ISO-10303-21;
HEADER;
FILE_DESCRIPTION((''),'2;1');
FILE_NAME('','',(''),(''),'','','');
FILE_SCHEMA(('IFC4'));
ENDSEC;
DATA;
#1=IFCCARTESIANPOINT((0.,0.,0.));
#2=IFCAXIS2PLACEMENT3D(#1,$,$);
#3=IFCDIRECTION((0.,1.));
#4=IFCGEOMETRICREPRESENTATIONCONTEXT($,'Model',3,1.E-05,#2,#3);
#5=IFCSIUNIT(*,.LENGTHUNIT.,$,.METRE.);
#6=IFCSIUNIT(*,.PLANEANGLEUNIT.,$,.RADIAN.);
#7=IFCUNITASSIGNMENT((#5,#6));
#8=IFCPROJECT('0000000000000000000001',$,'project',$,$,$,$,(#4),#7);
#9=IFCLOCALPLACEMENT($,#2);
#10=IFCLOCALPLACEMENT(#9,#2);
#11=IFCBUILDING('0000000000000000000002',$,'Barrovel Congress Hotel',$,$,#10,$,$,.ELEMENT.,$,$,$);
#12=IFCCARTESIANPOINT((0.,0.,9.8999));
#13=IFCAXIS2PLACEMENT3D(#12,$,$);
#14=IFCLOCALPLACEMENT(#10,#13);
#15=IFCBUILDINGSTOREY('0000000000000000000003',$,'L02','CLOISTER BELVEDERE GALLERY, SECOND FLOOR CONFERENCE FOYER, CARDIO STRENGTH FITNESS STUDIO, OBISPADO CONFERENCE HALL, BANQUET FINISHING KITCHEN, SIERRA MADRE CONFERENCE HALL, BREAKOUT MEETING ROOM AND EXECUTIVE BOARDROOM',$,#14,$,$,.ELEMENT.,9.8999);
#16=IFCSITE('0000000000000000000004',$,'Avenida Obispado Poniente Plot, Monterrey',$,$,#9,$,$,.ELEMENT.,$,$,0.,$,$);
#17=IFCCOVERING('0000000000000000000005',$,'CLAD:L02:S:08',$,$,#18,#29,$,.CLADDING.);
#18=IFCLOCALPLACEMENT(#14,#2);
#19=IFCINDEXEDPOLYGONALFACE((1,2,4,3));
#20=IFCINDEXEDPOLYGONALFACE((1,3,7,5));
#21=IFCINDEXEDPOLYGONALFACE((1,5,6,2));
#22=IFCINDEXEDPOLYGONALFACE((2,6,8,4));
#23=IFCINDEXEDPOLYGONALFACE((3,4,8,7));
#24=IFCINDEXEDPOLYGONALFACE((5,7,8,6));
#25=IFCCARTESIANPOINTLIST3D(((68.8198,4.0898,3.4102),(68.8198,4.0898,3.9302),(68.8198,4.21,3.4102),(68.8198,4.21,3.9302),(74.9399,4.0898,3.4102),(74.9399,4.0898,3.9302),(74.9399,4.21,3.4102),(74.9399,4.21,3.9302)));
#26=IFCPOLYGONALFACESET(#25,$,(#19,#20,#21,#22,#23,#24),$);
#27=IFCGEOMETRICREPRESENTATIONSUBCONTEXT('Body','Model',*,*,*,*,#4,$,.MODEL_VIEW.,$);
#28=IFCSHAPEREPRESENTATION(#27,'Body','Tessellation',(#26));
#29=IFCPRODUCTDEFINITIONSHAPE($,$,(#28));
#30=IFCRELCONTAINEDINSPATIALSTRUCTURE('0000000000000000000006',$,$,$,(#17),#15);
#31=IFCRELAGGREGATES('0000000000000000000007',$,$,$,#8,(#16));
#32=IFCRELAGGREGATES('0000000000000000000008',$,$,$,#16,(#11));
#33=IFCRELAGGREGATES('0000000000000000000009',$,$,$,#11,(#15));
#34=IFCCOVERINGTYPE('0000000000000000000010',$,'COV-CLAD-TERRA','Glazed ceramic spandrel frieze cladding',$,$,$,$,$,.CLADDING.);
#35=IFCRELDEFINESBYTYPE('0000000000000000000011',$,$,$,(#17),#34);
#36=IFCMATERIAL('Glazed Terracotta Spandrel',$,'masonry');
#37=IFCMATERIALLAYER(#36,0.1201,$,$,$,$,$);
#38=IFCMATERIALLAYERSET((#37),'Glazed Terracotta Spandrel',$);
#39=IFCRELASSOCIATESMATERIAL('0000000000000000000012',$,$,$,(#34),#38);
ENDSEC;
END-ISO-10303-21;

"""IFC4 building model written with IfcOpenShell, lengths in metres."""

from ifc_helpers import new_model, si_unit, direction, frame, origin, origin_2d, place, context, subcontext, project, spatial, rectangle, extrude, material, layer, layer_set, type_object, element, save


model = new_model("IFC4")

# Units and contexts
model_context = context("Model", 3, precision=1e-05, world=origin(), true_north=direction((0.0, 1.0)))
body_context = subcontext(model_context, "Body", "Model", "MODEL_VIEW")
ifc_project = project(units=[si_unit("LENGTHUNIT", "METRE"), si_unit("PLANEANGLEUNIT", "RADIAN")], contexts=[model_context])

# Site, building, storey
site_placement = place(None, origin())
site = spatial("IfcSite", under=ifc_project, at=site_placement, Name="Avenida Obispado Poniente Plot, Monterrey", CompositionType="ELEMENT", RefElevation=0.0)
building_placement = place(site_placement, origin())
building = spatial("IfcBuilding", under=site, at=building_placement, Name="Barrovel Congress Hotel", CompositionType="ELEMENT")
storey_placement = place(building_placement, frame((0.0, 0.0, 9.8999)))
storey = spatial("IfcBuildingStorey", under=building, at=storey_placement, Name="L02", Description="CLOISTER BELVEDERE GALLERY, SECOND FLOOR CONFERENCE FOYER, CARDIO STRENGTH FITNESS STUDIO, OBISPADO CONFERENCE HALL, BANQUET FINISHING KITCHEN, SIERRA MADRE CONFERENCE HALL, BREAKOUT MEETING ROOM AND EXECUTIVE BOARDROOM", CompositionType="ELEMENT", Elevation=9.8999)

# Covering
ifc_material_1 = material(Name="Glazed Terracotta Spandrel", Category="masonry")
ifc_layer_1 = layer(ifc_material_1, 0.1201)
ifc_layer_set_1 = layer_set([ifc_layer_1], Name="Glazed Terracotta Spandrel")
covering_type = type_object("IfcCoveringType", Name="COV-CLAD-TERRA", Description="Glazed ceramic spandrel frieze cladding", PredefinedType="CLADDING", material=ifc_layer_set_1)
covering_placement = place(storey_placement, frame((71.8799, 4.1499, 3.4102), z_axis=(0.0, 0.0, 1.0), x_axis=(1.0, 0.0, 0.0)))
element("IfcCovering", 1, at=covering_placement, inside=storey, type_object=covering_type, Name="CLAD:L02:S:08", PredefinedType="CLADDING", context=body_context, shape_type="SweptSolid", body=[
    extrude(rectangle(XDim=6.1201, YDim=0.1201, at=origin_2d()), origin(), (0.0, 0.0, 1.0), 0.52),
])

save(model, "model.ifc")
